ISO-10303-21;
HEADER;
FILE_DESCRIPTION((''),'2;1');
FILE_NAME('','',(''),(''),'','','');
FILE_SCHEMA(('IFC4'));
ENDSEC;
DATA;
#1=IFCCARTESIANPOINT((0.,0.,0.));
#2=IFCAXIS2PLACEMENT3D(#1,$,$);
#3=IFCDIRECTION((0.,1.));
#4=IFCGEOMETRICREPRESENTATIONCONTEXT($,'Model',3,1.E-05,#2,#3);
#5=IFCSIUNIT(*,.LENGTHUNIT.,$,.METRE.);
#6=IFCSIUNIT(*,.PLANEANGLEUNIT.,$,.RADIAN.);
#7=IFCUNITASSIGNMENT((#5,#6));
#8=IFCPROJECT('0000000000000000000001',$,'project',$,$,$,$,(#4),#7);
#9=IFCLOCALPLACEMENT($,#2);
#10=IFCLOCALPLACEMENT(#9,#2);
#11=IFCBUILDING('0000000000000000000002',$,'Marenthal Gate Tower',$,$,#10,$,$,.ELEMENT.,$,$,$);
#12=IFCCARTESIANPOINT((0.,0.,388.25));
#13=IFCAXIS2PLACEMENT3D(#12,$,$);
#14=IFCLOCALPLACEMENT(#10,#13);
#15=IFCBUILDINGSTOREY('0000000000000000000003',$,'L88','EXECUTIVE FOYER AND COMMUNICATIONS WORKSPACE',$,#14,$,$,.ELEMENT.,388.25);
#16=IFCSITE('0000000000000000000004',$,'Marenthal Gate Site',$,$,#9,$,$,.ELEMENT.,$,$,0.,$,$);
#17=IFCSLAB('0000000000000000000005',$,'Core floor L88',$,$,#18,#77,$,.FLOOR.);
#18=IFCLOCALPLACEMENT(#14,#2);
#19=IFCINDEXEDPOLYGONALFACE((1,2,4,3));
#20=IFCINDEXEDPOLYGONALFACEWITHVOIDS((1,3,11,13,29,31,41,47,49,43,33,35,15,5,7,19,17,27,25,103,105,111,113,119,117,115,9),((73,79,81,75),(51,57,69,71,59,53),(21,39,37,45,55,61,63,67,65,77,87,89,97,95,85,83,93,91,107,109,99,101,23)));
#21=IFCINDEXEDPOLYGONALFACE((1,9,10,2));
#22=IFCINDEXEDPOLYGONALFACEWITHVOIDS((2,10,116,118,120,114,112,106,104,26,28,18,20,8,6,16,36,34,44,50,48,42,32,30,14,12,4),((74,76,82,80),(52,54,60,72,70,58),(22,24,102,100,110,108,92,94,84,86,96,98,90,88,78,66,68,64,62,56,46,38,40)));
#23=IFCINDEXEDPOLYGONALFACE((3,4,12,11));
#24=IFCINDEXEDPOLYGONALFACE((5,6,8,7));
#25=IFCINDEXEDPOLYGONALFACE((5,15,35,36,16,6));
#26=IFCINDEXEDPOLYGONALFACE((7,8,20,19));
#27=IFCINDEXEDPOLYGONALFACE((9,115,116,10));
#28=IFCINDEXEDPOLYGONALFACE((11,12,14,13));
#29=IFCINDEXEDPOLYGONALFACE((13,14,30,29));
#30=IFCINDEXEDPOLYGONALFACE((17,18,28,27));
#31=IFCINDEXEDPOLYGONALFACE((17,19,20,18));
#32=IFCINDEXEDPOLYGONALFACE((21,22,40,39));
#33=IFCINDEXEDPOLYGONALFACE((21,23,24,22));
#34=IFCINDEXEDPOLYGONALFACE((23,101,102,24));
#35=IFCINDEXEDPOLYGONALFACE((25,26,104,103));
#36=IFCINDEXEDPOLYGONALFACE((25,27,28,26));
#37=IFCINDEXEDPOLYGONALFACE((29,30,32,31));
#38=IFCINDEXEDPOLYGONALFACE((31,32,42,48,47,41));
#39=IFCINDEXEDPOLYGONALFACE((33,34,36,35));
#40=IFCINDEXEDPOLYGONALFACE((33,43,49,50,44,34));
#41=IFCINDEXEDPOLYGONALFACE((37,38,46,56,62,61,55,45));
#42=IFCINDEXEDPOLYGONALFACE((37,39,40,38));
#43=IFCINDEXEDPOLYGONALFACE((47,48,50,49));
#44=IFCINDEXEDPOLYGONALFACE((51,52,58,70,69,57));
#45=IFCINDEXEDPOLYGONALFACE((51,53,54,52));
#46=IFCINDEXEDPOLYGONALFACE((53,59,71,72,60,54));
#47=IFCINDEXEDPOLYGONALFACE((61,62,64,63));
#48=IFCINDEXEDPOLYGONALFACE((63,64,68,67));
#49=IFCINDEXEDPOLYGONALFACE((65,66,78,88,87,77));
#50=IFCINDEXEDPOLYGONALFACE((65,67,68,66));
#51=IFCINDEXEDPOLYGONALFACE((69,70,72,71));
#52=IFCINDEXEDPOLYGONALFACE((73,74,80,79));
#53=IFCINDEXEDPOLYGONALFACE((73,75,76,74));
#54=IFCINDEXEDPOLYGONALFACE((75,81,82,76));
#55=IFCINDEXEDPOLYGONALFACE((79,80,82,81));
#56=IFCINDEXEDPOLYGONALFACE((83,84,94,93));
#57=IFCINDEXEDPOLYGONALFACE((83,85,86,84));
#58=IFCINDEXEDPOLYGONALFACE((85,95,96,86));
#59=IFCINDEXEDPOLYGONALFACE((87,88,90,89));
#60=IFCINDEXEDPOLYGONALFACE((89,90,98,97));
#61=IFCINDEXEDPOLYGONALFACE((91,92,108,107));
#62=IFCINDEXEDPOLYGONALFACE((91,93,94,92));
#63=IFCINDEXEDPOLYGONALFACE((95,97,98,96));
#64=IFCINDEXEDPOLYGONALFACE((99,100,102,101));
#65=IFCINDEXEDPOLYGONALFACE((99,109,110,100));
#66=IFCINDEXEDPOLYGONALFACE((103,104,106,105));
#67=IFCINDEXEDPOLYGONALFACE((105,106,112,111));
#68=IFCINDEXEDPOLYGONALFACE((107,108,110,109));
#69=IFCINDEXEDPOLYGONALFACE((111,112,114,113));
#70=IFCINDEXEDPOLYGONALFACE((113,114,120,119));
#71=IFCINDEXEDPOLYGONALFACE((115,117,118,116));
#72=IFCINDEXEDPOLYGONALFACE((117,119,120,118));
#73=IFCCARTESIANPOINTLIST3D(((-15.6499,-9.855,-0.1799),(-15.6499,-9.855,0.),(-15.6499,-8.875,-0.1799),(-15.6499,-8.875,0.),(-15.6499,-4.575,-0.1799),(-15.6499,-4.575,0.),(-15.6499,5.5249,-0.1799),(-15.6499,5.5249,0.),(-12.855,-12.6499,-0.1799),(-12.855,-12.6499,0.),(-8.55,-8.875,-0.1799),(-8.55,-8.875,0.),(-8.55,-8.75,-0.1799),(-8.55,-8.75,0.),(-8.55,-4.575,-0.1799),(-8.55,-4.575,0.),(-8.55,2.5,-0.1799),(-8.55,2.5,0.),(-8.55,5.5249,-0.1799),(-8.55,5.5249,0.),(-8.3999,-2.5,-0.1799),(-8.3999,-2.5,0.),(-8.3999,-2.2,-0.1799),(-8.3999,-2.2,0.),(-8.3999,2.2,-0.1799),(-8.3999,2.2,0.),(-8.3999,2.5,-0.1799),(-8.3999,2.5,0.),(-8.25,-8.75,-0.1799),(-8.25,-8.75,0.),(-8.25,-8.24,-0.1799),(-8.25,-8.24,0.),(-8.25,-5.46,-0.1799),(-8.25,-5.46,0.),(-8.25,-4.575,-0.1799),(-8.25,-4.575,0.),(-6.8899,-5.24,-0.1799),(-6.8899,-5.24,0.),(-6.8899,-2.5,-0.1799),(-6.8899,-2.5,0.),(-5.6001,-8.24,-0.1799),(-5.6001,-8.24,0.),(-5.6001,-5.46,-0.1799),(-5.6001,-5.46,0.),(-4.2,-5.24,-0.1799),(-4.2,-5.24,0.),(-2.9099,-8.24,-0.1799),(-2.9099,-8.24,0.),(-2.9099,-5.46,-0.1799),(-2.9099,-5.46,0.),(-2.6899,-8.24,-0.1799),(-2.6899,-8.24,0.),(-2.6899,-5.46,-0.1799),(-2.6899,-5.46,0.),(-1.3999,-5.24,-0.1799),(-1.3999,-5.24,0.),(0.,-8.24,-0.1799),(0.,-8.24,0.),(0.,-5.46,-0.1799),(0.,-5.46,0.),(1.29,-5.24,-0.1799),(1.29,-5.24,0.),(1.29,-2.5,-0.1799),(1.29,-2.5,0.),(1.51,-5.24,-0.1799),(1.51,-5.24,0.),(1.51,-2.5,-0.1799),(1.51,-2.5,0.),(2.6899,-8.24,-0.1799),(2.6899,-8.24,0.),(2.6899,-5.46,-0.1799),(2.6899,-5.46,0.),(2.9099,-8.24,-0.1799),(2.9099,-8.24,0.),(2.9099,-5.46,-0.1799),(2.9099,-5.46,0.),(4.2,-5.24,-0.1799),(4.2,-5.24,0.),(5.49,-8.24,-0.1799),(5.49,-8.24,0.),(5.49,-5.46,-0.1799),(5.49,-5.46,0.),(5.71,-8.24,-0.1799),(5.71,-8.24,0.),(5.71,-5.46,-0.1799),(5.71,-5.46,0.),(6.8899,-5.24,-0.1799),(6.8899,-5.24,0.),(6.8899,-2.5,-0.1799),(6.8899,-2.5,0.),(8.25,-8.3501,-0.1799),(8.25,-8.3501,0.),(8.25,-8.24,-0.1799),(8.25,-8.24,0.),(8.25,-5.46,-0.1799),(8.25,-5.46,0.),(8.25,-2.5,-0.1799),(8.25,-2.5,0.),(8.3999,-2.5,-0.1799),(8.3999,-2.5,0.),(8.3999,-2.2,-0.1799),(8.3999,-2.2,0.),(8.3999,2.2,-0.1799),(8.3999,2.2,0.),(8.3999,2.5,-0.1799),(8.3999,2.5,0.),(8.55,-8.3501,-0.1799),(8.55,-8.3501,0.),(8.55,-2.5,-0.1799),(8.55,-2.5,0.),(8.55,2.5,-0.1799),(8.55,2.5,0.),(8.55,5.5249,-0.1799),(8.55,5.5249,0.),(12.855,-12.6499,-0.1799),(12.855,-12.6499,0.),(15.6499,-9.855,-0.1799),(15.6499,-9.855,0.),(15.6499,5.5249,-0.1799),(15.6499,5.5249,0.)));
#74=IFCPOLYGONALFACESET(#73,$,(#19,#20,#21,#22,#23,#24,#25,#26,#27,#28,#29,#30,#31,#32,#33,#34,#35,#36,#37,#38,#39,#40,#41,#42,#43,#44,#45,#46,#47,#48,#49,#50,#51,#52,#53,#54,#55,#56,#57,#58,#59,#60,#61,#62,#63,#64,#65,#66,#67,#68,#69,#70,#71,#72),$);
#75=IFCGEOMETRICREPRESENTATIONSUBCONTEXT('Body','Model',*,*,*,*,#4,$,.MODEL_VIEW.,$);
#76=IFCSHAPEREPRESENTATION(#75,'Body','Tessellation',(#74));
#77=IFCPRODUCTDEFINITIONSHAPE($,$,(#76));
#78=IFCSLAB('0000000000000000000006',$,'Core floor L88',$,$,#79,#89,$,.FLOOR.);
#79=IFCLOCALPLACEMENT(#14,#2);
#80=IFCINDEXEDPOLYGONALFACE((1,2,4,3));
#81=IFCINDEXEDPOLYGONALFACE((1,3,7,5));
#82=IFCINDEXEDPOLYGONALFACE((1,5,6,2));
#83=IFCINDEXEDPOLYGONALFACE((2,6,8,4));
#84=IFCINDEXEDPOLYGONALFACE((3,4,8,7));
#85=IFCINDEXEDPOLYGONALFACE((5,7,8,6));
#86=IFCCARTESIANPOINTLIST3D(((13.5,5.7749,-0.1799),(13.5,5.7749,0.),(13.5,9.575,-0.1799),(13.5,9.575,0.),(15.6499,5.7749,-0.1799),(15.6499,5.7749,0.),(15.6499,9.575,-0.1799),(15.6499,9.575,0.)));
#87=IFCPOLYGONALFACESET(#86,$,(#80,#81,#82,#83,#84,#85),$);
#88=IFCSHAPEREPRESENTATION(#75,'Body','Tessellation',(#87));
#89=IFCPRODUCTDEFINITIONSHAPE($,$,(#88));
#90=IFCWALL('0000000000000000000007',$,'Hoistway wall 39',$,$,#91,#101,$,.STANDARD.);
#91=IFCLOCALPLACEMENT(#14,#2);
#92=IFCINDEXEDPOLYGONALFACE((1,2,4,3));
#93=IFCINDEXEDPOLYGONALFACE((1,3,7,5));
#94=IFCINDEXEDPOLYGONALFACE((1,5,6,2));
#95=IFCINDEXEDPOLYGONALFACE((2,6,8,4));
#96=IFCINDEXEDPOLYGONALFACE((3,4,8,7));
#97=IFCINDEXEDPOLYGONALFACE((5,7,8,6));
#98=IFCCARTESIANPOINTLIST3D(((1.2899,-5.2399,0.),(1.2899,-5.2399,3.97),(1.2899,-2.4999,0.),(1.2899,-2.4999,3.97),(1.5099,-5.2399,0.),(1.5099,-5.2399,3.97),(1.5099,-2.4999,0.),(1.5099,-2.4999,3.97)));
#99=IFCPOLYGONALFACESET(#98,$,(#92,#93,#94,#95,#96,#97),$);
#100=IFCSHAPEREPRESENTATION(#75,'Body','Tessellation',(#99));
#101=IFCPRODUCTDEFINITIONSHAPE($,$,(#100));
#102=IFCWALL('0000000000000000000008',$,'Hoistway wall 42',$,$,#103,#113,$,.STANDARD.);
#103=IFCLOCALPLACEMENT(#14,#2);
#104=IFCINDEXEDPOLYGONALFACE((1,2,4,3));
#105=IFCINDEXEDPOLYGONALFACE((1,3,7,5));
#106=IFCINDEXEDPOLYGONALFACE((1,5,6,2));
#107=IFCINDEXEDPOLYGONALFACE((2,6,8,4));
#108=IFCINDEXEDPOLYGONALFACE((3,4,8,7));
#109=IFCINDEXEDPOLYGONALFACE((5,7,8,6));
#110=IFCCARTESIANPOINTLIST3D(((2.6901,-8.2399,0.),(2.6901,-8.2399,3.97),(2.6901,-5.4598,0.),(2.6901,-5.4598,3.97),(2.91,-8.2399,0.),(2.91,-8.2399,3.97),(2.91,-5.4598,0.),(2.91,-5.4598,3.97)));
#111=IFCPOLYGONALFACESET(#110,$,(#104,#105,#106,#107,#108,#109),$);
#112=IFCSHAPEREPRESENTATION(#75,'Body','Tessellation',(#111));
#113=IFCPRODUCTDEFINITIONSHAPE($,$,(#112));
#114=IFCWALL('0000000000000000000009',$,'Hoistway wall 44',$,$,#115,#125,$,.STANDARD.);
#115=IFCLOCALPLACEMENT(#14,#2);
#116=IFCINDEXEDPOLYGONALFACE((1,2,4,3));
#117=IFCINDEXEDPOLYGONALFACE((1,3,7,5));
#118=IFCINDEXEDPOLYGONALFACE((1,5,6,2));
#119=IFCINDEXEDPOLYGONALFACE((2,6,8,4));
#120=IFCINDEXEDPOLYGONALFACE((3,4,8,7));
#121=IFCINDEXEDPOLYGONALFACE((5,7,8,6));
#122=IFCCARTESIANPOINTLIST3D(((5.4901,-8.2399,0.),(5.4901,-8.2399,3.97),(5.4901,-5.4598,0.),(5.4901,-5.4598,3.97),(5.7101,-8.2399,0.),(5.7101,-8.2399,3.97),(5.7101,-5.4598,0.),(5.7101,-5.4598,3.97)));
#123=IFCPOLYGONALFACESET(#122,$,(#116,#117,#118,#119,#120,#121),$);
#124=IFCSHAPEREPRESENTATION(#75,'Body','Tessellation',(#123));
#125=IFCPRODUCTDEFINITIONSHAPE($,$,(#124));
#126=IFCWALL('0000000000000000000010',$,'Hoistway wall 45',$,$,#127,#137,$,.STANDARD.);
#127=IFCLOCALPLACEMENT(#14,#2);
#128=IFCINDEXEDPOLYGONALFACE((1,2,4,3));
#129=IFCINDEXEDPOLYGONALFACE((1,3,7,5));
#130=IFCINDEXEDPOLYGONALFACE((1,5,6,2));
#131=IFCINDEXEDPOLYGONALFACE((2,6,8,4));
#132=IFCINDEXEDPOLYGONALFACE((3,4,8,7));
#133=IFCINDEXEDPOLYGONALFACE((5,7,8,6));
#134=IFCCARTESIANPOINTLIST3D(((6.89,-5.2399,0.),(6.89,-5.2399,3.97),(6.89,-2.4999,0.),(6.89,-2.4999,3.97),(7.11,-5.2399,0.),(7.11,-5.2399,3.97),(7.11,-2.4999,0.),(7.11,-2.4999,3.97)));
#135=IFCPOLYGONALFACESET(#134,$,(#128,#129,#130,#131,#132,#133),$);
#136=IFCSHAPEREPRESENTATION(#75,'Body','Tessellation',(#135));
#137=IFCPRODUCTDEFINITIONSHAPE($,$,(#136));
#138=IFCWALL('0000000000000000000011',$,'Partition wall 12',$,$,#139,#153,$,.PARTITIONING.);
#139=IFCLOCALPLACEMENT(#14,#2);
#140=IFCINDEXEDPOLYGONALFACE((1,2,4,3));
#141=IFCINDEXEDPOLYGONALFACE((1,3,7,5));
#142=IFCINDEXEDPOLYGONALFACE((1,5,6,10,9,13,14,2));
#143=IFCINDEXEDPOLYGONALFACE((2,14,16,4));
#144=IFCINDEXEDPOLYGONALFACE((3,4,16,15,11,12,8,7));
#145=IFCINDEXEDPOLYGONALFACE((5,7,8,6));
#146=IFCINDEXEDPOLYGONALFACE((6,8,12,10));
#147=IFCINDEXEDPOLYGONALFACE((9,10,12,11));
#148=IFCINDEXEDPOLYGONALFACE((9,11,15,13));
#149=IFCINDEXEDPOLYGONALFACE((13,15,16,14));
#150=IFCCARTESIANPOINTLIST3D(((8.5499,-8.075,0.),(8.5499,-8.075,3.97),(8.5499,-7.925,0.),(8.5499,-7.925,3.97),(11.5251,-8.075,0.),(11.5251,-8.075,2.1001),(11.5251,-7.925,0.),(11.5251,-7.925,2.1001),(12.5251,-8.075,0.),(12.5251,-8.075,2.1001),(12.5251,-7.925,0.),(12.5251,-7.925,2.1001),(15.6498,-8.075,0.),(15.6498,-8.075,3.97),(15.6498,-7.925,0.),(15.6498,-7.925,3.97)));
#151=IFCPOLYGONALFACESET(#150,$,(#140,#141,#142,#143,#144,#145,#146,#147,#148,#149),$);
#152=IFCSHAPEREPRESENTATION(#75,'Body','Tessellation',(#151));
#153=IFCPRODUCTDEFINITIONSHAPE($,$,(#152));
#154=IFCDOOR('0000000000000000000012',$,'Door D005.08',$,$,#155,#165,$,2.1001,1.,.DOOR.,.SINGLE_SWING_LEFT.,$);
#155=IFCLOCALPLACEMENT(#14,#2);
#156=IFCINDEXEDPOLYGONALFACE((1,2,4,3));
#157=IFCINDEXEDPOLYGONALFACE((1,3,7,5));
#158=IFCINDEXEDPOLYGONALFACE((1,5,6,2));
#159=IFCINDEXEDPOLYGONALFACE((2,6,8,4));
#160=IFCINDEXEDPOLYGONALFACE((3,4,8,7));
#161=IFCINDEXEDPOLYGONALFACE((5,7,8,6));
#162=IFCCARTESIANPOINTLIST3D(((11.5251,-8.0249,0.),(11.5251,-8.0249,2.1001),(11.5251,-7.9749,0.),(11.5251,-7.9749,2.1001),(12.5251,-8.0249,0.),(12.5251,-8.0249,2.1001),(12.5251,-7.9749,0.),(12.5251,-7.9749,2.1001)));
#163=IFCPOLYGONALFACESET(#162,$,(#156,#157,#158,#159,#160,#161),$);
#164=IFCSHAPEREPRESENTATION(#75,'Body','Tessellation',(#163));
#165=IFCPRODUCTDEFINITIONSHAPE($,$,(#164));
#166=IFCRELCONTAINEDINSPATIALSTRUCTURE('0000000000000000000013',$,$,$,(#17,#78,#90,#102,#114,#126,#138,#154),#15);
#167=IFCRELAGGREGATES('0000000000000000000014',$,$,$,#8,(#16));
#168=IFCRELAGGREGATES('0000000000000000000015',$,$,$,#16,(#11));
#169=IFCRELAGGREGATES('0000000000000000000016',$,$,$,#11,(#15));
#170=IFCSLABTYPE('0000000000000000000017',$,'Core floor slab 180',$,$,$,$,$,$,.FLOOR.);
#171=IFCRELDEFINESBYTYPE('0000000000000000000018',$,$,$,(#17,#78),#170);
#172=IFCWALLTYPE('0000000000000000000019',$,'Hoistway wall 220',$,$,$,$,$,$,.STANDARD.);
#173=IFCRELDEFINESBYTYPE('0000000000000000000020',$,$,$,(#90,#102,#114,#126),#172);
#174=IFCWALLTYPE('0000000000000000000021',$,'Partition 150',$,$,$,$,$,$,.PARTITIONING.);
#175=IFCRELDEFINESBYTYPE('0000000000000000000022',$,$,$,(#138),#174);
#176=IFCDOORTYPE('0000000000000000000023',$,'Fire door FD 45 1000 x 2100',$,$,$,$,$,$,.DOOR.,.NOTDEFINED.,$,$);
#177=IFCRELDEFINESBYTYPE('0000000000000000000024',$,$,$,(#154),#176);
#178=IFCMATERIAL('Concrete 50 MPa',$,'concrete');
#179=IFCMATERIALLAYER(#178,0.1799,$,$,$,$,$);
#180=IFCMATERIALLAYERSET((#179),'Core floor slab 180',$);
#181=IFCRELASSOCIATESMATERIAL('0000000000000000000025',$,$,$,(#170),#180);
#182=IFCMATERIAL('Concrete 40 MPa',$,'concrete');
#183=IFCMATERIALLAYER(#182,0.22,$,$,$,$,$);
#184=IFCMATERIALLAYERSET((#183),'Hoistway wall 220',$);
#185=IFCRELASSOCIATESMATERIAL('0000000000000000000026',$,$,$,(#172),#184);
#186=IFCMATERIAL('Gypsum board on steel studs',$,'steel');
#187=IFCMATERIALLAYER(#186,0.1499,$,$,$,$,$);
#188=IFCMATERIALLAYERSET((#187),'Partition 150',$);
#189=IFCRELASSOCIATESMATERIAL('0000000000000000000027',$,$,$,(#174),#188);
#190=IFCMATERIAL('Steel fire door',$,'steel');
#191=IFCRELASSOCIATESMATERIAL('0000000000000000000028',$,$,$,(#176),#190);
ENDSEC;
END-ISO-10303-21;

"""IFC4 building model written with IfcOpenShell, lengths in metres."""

from ifc_helpers import new_model, si_unit, direction, frame, frame_2d, origin, place, context, subcontext, project, spatial, polyline, rectangle, outline, extrude, material, layer, layer_set, type_object, element, fill, save


model = new_model("IFC4")

# Units and contexts
model_context = context("Model", 3, precision=1e-05, world=origin(), true_north=direction((0.0, 1.0)))
body_context = subcontext(model_context, "Body", "Model", "MODEL_VIEW")
ifc_project = project(units=[si_unit("LENGTHUNIT", "METRE"), si_unit("PLANEANGLEUNIT", "RADIAN")], contexts=[model_context])

# Site, building, storey
site_placement = place(None, origin())
site = spatial("IfcSite", under=ifc_project, at=site_placement, Name="Marenthal Gate Site", CompositionType="ELEMENT", RefElevation=0.0)
building_placement = place(site_placement, origin())
building = spatial("IfcBuilding", under=site, at=building_placement, Name="Marenthal Gate Tower", CompositionType="ELEMENT")
storey_placement = place(building_placement, frame((0.0, 0.0, 388.25)))
storey = spatial("IfcBuildingStorey", under=building, at=storey_placement, Name="L88", Description="EXECUTIVE FOYER AND COMMUNICATIONS WORKSPACE", CompositionType="ELEMENT", Elevation=388.25)

# Slabs
ifc_material_1 = material(Name="Concrete 50 MPa", Category="concrete")
ifc_layer_1 = layer(ifc_material_1, 0.1799)
ifc_layer_set_1 = layer_set([ifc_layer_1], Name="Core floor slab 180")
slab_type_1 = type_object("IfcSlabType", Name="Core floor slab 180", PredefinedType="FLOOR", material=ifc_layer_set_1)
slab_1_placement = place(storey_placement, frame((0.0, 0.0, -0.1799)))
element("IfcSlab", 1, at=slab_1_placement, inside=storey, type_object=slab_type_1, Name="Core floor L88", PredefinedType="FLOOR", context=body_context, shape_type="SweptSolid", body=[
    extrude(outline(polyline([(12.855, -12.6499), (-12.855, -12.6499), (-15.6499, -9.855), (-15.6499, -8.875), (-8.55, -8.875), (-8.55, -8.75), (-8.25, -8.75), (-8.25, -8.24), (-5.6001, -8.24), (-2.9099, -8.24), (-2.9099, -5.46), (-5.6001, -5.46), (-8.25, -5.46), (-8.25, -4.575), (-8.55, -4.575), (-15.6499, -4.575), (-15.6499, 5.5249), (-8.55, 5.5249), (-8.55, 2.5), (-8.3999, 2.5), (-8.3999, 2.2), (8.3999, 2.2), (8.3999, 2.5), (8.55, 2.5), (8.55, 5.5249), (15.6499, 5.5249), (15.6499, -9.855), (12.855, -12.6499)]), holes=[polyline([(0.0, -8.24), (2.6899, -8.24), (2.6899, -5.46), (0.0, -5.46), (-2.6899, -5.46), (-2.6899, -8.24), (0.0, -8.24)]), polyline([(1.29, -5.24), (1.29, -2.5), (1.51, -2.5), (1.51, -5.24), (4.2, -5.24), (6.8899, -5.24), (6.8899, -2.5), (8.25, -2.5), (8.25, -5.46), (5.71, -5.46), (5.71, -8.24), (8.25, -8.24), (8.25, -8.3501), (8.55, -8.3501), (8.55, -2.5), (8.3999, -2.5), (8.3999, -2.2), (-8.3999, -2.2), (-8.3999, -2.5), (-6.8899, -2.5), (-6.8899, -5.24), (-4.2, -5.24), (-1.3999, -5.24), (1.29, -5.24)]), polyline([(5.49, -5.46), (2.9099, -5.46), (2.9099, -8.24), (5.49, -8.24), (5.49, -5.46)])]), origin(), (0.0, 0.0, 1.0), 0.1799),
])
slab_2_placement = place(storey_placement, frame((0.0, 0.0, -0.1799)))
element("IfcSlab", 2, at=slab_2_placement, inside=storey, type_object=slab_type_1, Name="Core floor L88", PredefinedType="FLOOR", context=body_context, shape_type="SweptSolid", body=[
    extrude(outline(polyline([(15.6499, 5.7749), (13.5, 5.7749), (13.5, 9.575), (15.6499, 9.575), (15.6499, 5.7749)])), origin(), (0.0, 0.0, 1.0), 0.1799),
])

# Walls
ifc_material_2 = material(Name="Concrete 40 MPa", Category="concrete")
ifc_layer_2 = layer(ifc_material_2, 0.22)
ifc_layer_set_2 = layer_set([ifc_layer_2], Name="Hoistway wall 220")
wall_type_1 = type_object("IfcWallType", Name="Hoistway wall 220", PredefinedType="STANDARD", material=ifc_layer_set_2)
wall_1_placement = place(storey_placement, frame((1.3999, -5.24, 0.0), z_axis=(0.0, 0.0, 1.0), x_axis=(0.0, 1.0, 0.0)))
element("IfcWall", 3, at=wall_1_placement, inside=storey, type_object=wall_type_1, Name="Hoistway wall 39", PredefinedType="STANDARD", context=body_context, shape_type="SweptSolid", body=[
    extrude(rectangle(XDim=2.74, YDim=0.22, at=frame_2d((1.3701, 0.0))), origin(), (0.0, 0.0, 1.0), 3.97),
])
for number, where, z_axis, x_axis, name in (
    (4, (2.8, -8.24, 0.0), (0.0, 0.0, 1.0), (0.0, 1.0, 0.0), "Hoistway wall 42"),
    (5, (5.6001, -8.24, 0.0), (0.0, 0.0, 1.0), (0.0, 1.0, 0.0), "Hoistway wall 44"),
):
    element("IfcWall", number, at=place(storey_placement, frame(where, z_axis=z_axis, x_axis=x_axis)), inside=storey, type_object=wall_type_1, Name=name, PredefinedType="STANDARD", context=body_context, shape_type="SweptSolid", body=[
        extrude(rectangle(XDim=2.78, YDim=0.22, at=frame_2d((1.3901, 0.0))), origin(), (0.0, 0.0, 1.0), 3.97),
    ])
wall_2_placement = place(storey_placement, frame((7.0, -5.24, 0.0), z_axis=(0.0, 0.0, 1.0), x_axis=(0.0, 1.0, 0.0)))
element("IfcWall", 6, at=wall_2_placement, inside=storey, type_object=wall_type_1, Name="Hoistway wall 45", PredefinedType="STANDARD", context=body_context, shape_type="SweptSolid", body=[
    extrude(rectangle(XDim=2.74, YDim=0.22, at=frame_2d((1.3701, 0.0))), origin(), (0.0, 0.0, 1.0), 3.97),
])

# Wall, opening, door
ifc_material_3 = material(Name="Gypsum board on steel studs", Category="steel")
ifc_layer_3 = layer(ifc_material_3, 0.1499)
ifc_layer_set_3 = layer_set([ifc_layer_3], Name="Partition 150")
wall_type_2 = type_object("IfcWallType", Name="Partition 150", PredefinedType="PARTITIONING", material=ifc_layer_set_3)
wall_3_placement = place(storey_placement, frame((8.55, -8.0, 0.0), z_axis=(0.0, 0.0, 1.0), x_axis=(1.0, 0.0, 0.0)))
wall_3 = element("IfcWall", 7, at=wall_3_placement, inside=storey, type_object=wall_type_2, Name="Partition wall 12", PredefinedType="PARTITIONING", context=body_context, shape_type="SweptSolid", body=[
    extrude(rectangle(XDim=7.0999, YDim=0.1499, at=frame_2d((3.5498, 0.0))), origin(), (0.0, 0.0, 1.0), 3.97),
])
opening_1_placement = place(wall_3_placement, frame((2.9751, 0.0, 0.0)))
opening_1 = element("IfcOpeningElement", 8, at=opening_1_placement, cuts=wall_3, PredefinedType="OPENING", context=body_context, shape_type="SweptSolid", body=[
    extrude(rectangle(XDim=1.0, YDim=2.1001, at=frame_2d((0.5, 1.05))), frame((0.0, 0.085, 0.0), z_axis=(0.0, -1.0, 0.0), x_axis=(1.0, 0.0, 0.0)), (0.0, 0.0, 1.0), 0.1699),
])
ifc_material_4 = material(Name="Steel fire door", Category="steel")
door_type = type_object("IfcDoorType", Name="Fire door FD 45 1000 x 2100", OperationType="NOTDEFINED", PredefinedType="DOOR", material=ifc_material_4)
door_1_placement = place(opening_1_placement, frame((1.0, 0.0, 0.0), z_axis=(0.0, 0.0, 1.0), x_axis=(-1.0, 0.0, 0.0)))
door_1 = element("IfcDoor", 9, at=door_1_placement, inside=storey, type_object=door_type, Name="Door D005.08", OperationType="SINGLE_SWING_LEFT", OverallHeight=2.1001, OverallWidth=1.0, PredefinedType="DOOR", context=body_context, shape_type="SweptSolid", body=[
    extrude(rectangle(XDim=1.0, YDim=2.1001, at=frame_2d((0.5, 1.05))), frame((0.0, 0.0249, 0.0), z_axis=(0.0, -1.0, 0.0), x_axis=(1.0, 0.0, 0.0)), (0.0, 0.0, 1.0), 0.05),
])
fill(opening_1, door_1)

save(model, "model.ifc")
